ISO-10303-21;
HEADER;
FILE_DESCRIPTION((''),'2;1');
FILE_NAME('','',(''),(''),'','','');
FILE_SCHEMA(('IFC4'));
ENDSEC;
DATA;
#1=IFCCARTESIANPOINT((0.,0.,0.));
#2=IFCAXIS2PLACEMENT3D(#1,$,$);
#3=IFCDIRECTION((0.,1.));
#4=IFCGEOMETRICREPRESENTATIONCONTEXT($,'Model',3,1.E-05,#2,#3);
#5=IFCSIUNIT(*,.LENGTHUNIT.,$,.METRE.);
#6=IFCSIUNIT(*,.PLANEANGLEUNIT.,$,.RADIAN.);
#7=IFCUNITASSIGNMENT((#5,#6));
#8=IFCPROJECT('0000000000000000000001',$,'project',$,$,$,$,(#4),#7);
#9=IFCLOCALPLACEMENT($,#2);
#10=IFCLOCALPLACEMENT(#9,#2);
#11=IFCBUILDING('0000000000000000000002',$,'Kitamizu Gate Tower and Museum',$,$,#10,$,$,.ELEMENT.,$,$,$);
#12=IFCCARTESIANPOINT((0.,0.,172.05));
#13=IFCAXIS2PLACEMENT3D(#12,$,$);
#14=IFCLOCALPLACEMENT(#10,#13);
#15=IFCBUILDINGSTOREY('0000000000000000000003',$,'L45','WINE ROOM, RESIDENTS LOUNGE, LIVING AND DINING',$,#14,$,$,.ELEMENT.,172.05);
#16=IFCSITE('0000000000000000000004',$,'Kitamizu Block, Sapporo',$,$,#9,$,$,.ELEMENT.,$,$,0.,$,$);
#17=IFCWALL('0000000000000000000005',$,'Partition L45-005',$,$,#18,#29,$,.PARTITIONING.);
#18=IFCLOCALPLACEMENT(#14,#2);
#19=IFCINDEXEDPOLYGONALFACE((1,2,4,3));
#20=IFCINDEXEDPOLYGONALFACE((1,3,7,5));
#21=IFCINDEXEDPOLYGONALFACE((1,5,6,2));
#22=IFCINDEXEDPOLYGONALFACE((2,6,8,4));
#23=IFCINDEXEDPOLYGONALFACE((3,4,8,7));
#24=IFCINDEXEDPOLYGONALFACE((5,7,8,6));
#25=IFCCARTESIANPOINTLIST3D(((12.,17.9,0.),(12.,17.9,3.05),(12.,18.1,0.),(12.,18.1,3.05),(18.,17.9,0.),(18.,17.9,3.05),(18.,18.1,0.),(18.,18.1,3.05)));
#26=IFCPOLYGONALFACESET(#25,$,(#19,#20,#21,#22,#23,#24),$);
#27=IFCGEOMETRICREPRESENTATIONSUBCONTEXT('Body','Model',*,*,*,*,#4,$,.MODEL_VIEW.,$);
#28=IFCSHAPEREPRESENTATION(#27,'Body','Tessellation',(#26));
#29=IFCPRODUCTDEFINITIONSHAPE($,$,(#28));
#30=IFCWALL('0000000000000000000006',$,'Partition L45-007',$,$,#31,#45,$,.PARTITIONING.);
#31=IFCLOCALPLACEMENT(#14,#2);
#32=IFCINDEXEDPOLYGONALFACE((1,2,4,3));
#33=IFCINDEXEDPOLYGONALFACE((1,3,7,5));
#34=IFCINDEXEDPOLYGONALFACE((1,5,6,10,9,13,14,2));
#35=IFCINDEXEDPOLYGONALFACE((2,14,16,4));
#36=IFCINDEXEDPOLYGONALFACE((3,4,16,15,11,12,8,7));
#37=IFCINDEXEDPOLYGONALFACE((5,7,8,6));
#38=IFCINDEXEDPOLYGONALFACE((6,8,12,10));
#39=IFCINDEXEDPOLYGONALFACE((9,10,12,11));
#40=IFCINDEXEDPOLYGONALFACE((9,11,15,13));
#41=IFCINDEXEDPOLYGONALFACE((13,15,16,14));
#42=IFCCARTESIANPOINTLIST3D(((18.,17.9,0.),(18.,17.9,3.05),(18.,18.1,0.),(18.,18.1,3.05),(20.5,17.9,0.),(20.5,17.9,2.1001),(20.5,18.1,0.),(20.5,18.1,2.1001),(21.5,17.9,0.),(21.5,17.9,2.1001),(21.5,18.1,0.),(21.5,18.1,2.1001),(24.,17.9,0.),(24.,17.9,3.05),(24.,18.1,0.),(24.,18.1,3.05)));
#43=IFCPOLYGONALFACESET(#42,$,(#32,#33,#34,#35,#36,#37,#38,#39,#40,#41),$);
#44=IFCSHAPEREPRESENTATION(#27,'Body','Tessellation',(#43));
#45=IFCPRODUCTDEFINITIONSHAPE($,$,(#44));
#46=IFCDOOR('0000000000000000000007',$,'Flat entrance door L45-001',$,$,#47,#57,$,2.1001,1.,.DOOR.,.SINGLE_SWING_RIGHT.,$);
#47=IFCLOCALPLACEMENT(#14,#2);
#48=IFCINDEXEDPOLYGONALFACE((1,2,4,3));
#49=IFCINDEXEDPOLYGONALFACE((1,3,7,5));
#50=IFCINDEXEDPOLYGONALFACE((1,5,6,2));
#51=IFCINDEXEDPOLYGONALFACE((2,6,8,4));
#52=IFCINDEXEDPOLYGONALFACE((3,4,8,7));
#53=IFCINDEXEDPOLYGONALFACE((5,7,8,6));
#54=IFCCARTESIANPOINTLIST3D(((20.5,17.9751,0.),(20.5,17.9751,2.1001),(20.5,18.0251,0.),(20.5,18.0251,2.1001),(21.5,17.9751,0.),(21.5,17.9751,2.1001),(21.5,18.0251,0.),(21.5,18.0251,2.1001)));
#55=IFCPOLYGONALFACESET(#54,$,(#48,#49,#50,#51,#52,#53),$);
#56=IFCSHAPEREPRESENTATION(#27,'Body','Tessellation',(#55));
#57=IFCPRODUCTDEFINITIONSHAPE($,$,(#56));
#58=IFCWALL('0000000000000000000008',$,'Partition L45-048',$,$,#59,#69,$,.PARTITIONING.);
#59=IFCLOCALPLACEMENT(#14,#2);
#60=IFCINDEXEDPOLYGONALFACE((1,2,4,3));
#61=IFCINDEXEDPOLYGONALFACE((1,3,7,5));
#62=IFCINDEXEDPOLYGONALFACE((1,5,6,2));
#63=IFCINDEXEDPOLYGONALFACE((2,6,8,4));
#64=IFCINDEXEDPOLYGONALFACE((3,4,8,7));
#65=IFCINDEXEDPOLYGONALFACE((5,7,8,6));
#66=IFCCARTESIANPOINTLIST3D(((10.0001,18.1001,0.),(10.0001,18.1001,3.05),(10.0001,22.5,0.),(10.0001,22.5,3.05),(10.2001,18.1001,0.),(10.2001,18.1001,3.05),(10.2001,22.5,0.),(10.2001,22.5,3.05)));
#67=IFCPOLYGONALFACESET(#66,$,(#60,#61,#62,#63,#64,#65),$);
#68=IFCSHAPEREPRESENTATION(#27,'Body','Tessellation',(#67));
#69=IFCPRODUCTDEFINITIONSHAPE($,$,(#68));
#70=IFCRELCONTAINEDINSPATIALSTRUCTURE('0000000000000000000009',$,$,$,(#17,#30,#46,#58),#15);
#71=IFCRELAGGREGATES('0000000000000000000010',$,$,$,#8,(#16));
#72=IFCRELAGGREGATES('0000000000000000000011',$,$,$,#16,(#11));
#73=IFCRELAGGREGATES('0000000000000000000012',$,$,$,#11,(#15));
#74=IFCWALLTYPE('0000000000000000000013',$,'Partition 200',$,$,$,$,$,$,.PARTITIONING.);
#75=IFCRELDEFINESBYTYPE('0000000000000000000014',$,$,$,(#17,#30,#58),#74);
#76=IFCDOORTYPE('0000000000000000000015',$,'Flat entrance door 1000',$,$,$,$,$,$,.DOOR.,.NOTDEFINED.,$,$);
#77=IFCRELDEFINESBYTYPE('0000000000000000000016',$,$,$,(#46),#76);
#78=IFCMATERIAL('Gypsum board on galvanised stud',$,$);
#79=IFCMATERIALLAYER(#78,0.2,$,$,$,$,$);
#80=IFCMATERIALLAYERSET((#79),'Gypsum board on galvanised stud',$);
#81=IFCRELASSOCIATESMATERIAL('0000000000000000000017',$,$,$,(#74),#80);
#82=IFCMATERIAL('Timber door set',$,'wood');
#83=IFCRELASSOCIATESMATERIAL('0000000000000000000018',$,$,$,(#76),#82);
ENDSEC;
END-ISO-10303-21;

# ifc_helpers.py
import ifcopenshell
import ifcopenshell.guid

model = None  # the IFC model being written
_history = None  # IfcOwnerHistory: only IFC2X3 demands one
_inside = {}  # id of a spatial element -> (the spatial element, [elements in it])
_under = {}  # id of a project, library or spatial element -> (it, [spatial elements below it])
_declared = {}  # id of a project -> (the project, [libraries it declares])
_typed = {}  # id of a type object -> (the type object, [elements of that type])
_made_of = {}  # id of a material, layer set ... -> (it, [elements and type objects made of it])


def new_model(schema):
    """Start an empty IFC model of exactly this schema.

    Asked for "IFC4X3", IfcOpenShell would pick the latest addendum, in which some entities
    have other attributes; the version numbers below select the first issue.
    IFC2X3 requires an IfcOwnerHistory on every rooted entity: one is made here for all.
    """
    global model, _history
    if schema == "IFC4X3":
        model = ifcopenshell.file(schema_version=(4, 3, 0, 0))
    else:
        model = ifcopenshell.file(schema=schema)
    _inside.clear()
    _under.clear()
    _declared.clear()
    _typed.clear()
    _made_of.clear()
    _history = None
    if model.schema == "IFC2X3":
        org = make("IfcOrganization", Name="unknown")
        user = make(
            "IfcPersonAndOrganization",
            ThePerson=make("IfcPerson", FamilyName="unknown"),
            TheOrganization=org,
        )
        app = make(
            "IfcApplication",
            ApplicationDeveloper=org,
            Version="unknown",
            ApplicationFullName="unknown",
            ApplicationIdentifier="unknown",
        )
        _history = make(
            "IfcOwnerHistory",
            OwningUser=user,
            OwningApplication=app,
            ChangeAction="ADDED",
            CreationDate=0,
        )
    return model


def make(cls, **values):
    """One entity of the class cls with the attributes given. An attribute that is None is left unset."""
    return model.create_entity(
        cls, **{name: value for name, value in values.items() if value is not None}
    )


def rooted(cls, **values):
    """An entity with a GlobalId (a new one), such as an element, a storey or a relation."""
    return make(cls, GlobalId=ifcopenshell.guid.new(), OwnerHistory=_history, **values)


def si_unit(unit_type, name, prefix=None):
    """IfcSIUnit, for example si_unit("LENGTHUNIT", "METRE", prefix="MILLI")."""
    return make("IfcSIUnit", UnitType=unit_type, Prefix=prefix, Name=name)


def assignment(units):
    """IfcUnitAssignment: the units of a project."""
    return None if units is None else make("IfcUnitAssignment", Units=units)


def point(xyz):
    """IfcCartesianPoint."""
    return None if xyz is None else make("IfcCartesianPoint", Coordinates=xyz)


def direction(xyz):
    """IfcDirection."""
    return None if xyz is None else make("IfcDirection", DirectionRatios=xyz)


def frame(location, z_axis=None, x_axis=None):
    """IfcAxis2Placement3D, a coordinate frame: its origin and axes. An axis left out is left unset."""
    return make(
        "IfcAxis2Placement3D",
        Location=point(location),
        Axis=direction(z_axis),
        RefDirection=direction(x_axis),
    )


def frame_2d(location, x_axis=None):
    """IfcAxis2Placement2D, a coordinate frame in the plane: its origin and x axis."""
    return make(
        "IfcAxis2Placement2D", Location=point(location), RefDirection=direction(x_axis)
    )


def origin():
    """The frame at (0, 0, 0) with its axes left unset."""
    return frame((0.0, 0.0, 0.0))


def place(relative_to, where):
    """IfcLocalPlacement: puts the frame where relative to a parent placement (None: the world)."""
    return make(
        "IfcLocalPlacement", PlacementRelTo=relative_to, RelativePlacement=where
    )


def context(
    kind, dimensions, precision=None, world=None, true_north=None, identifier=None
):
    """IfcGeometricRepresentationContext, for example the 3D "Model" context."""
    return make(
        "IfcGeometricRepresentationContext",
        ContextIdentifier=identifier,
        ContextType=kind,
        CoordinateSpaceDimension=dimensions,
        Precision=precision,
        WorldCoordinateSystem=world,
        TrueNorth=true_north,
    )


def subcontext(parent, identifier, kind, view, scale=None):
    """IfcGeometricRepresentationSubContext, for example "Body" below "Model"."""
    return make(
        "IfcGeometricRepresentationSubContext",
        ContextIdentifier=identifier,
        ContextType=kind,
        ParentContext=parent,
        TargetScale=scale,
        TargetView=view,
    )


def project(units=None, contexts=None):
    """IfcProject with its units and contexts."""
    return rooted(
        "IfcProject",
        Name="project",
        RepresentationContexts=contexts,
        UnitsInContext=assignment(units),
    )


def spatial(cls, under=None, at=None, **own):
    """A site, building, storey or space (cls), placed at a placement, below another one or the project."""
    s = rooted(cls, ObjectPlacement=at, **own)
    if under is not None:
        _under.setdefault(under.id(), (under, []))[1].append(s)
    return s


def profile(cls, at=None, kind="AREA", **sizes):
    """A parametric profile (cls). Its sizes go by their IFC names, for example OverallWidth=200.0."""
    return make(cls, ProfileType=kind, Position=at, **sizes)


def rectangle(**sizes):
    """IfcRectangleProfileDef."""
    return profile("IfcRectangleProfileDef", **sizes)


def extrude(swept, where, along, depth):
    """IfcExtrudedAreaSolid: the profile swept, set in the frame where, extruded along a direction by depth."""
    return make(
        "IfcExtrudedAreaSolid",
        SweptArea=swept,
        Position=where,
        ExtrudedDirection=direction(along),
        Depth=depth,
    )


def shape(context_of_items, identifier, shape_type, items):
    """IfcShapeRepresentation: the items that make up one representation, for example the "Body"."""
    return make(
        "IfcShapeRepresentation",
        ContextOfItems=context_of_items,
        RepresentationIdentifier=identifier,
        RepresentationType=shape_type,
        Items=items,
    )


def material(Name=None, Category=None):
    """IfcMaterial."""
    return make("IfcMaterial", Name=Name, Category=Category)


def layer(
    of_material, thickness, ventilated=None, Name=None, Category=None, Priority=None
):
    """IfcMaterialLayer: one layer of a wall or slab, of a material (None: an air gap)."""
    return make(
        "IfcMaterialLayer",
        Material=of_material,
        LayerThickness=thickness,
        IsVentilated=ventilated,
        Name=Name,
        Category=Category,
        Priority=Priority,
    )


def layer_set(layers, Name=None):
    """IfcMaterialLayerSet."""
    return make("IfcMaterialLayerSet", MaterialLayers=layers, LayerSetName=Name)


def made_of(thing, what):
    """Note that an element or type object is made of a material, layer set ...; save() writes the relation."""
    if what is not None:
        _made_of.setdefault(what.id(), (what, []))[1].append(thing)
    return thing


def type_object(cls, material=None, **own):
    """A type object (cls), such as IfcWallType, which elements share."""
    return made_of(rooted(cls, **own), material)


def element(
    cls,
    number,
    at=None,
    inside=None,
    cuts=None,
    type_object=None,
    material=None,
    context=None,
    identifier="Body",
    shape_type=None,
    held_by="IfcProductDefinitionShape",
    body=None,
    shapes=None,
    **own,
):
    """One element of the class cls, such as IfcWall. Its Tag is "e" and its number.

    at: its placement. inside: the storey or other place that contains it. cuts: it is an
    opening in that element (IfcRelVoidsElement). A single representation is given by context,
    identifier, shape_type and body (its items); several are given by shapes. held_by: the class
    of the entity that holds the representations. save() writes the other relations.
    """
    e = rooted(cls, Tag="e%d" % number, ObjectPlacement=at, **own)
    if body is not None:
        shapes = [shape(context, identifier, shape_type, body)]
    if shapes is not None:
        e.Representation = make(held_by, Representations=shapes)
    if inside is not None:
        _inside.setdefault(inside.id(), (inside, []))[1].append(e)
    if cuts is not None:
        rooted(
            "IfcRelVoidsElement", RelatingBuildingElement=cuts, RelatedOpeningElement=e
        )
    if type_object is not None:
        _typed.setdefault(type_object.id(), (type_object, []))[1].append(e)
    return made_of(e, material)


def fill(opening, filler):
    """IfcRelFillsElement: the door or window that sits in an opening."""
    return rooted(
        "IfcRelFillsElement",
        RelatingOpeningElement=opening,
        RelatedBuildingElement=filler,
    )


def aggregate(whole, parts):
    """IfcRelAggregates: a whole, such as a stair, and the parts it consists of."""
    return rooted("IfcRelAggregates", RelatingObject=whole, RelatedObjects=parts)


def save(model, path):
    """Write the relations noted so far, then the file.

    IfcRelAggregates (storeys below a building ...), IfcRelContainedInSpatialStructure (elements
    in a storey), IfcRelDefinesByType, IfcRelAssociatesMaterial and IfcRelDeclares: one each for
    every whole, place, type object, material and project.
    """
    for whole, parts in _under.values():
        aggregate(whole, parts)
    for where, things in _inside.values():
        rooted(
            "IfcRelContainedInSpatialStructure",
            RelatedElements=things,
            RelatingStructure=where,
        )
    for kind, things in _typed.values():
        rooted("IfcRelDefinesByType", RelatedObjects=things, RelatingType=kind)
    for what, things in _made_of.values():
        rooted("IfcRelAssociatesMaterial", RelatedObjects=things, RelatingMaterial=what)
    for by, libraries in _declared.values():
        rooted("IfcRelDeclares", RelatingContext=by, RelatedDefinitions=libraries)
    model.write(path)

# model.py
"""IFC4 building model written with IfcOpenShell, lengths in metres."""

from ifc_helpers import new_model, si_unit, direction, frame, frame_2d, origin, place, context, subcontext, project, spatial, rectangle, extrude, material, layer, layer_set, type_object, element, fill, save


model = new_model("IFC4")

# Units and contexts
model_context = context("Model", 3, precision=1e-05, world=origin(), true_north=direction((0.0, 1.0)))
body_context = subcontext(model_context, "Body", "Model", "MODEL_VIEW")
ifc_project = project(units=[si_unit("LENGTHUNIT", "METRE"), si_unit("PLANEANGLEUNIT", "RADIAN")], contexts=[model_context])

# Site, building, storey
site_placement = place(None, origin())
site = spatial("IfcSite", under=ifc_project, at=site_placement, Name="Kitamizu Block, Sapporo", CompositionType="ELEMENT", RefElevation=0.0)
building_placement = place(site_placement, origin())
building = spatial("IfcBuilding", under=site, at=building_placement, Name="Kitamizu Gate Tower and Museum", CompositionType="ELEMENT")
storey_placement = place(building_placement, frame((0.0, 0.0, 172.05)))
storey = spatial("IfcBuildingStorey", under=building, at=storey_placement, Name="L45", Description="WINE ROOM, RESIDENTS LOUNGE, LIVING AND DINING", CompositionType="ELEMENT", Elevation=172.05)

# Wall
ifc_material_1 = material(Name="Gypsum board on galvanised stud")
ifc_layer_1 = layer(ifc_material_1, 0.2)
ifc_layer_set_1 = layer_set([ifc_layer_1], Name="Gypsum board on galvanised stud")
wall_type_1 = type_object("IfcWallType", Name="Partition 200", PredefinedType="PARTITIONING", material=ifc_layer_set_1)
wall_1_placement = place(storey_placement, frame((18.0, 18.0, 0.0), z_axis=(0.0, 0.0, 1.0), x_axis=(-1.0, 0.0, 0.0)))
element("IfcWall", 1, at=wall_1_placement, inside=storey, type_object=wall_type_1, Name="Partition L45-005", PredefinedType="PARTITIONING", context=body_context, shape_type="SweptSolid", body=[
    extrude(rectangle(XDim=6.0, YDim=0.2, at=frame_2d((3.0, 0.0))), origin(), (0.0, 0.0, 1.0), 3.05),
])

# Wall, opening, door
wall_2_placement = place(storey_placement, frame((24.0, 18.0, 0.0), z_axis=(0.0, 0.0, 1.0), x_axis=(-1.0, 0.0, 0.0)))
wall_2 = element("IfcWall", 2, at=wall_2_placement, inside=storey, type_object=wall_type_1, Name="Partition L45-007", PredefinedType="PARTITIONING", context=body_context, shape_type="SweptSolid", body=[
    extrude(rectangle(XDim=6.0, YDim=0.2, at=frame_2d((3.0, 0.0))), origin(), (0.0, 0.0, 1.0), 3.05),
])
opening_1_placement = place(wall_2_placement, frame((2.5, 0.0, 0.0)))
opening_1 = element("IfcOpeningElement", 3, at=opening_1_placement, cuts=wall_2, PredefinedType="OPENING", context=body_context, shape_type="SweptSolid", body=[
    extrude(rectangle(XDim=1.0, YDim=2.1001, at=frame_2d((0.5, 1.05))), frame((0.0, 0.1099, 0.0), z_axis=(0.0, -1.0, 0.0), x_axis=(1.0, 0.0, 0.0)), (0.0, 0.0, 1.0), 0.22),
])
ifc_material_2 = material(Name="Timber door set", Category="wood")
door_type_1 = type_object("IfcDoorType", Name="Flat entrance door 1000", OperationType="NOTDEFINED", PredefinedType="DOOR", material=ifc_material_2)
door_1_placement = place(opening_1_placement, origin())
door_1 = element("IfcDoor", 4, at=door_1_placement, inside=storey, type_object=door_type_1, Name="Flat entrance door L45-001", OperationType="SINGLE_SWING_RIGHT", OverallHeight=2.1001, OverallWidth=1.0, PredefinedType="DOOR", context=body_context, shape_type="SweptSolid", body=[
    extrude(rectangle(XDim=1.0, YDim=2.1001, at=frame_2d((0.5, 1.05))), frame((0.0, 0.0249, 0.0), z_axis=(0.0, -1.0, 0.0), x_axis=(1.0, 0.0, 0.0)), (0.0, 0.0, 1.0), 0.05),
])
fill(opening_1, door_1)

# Wall
wall_3_placement = place(storey_placement, frame((10.1001, 18.1001, 0.0), z_axis=(0.0, 0.0, 1.0), x_axis=(0.0, 1.0, 0.0)))
element("IfcWall", 5, at=wall_3_placement, inside=storey, type_object=wall_type_1, Name="Partition L45-048", PredefinedType="PARTITIONING", context=body_context, shape_type="SweptSolid", body=[
    extrude(rectangle(XDim=4.3999, YDim=0.2, at=frame_2d((2.2, 0.0))), origin(), (0.0, 0.0, 1.0), 3.05),
])

save(model, "model.ifc")
